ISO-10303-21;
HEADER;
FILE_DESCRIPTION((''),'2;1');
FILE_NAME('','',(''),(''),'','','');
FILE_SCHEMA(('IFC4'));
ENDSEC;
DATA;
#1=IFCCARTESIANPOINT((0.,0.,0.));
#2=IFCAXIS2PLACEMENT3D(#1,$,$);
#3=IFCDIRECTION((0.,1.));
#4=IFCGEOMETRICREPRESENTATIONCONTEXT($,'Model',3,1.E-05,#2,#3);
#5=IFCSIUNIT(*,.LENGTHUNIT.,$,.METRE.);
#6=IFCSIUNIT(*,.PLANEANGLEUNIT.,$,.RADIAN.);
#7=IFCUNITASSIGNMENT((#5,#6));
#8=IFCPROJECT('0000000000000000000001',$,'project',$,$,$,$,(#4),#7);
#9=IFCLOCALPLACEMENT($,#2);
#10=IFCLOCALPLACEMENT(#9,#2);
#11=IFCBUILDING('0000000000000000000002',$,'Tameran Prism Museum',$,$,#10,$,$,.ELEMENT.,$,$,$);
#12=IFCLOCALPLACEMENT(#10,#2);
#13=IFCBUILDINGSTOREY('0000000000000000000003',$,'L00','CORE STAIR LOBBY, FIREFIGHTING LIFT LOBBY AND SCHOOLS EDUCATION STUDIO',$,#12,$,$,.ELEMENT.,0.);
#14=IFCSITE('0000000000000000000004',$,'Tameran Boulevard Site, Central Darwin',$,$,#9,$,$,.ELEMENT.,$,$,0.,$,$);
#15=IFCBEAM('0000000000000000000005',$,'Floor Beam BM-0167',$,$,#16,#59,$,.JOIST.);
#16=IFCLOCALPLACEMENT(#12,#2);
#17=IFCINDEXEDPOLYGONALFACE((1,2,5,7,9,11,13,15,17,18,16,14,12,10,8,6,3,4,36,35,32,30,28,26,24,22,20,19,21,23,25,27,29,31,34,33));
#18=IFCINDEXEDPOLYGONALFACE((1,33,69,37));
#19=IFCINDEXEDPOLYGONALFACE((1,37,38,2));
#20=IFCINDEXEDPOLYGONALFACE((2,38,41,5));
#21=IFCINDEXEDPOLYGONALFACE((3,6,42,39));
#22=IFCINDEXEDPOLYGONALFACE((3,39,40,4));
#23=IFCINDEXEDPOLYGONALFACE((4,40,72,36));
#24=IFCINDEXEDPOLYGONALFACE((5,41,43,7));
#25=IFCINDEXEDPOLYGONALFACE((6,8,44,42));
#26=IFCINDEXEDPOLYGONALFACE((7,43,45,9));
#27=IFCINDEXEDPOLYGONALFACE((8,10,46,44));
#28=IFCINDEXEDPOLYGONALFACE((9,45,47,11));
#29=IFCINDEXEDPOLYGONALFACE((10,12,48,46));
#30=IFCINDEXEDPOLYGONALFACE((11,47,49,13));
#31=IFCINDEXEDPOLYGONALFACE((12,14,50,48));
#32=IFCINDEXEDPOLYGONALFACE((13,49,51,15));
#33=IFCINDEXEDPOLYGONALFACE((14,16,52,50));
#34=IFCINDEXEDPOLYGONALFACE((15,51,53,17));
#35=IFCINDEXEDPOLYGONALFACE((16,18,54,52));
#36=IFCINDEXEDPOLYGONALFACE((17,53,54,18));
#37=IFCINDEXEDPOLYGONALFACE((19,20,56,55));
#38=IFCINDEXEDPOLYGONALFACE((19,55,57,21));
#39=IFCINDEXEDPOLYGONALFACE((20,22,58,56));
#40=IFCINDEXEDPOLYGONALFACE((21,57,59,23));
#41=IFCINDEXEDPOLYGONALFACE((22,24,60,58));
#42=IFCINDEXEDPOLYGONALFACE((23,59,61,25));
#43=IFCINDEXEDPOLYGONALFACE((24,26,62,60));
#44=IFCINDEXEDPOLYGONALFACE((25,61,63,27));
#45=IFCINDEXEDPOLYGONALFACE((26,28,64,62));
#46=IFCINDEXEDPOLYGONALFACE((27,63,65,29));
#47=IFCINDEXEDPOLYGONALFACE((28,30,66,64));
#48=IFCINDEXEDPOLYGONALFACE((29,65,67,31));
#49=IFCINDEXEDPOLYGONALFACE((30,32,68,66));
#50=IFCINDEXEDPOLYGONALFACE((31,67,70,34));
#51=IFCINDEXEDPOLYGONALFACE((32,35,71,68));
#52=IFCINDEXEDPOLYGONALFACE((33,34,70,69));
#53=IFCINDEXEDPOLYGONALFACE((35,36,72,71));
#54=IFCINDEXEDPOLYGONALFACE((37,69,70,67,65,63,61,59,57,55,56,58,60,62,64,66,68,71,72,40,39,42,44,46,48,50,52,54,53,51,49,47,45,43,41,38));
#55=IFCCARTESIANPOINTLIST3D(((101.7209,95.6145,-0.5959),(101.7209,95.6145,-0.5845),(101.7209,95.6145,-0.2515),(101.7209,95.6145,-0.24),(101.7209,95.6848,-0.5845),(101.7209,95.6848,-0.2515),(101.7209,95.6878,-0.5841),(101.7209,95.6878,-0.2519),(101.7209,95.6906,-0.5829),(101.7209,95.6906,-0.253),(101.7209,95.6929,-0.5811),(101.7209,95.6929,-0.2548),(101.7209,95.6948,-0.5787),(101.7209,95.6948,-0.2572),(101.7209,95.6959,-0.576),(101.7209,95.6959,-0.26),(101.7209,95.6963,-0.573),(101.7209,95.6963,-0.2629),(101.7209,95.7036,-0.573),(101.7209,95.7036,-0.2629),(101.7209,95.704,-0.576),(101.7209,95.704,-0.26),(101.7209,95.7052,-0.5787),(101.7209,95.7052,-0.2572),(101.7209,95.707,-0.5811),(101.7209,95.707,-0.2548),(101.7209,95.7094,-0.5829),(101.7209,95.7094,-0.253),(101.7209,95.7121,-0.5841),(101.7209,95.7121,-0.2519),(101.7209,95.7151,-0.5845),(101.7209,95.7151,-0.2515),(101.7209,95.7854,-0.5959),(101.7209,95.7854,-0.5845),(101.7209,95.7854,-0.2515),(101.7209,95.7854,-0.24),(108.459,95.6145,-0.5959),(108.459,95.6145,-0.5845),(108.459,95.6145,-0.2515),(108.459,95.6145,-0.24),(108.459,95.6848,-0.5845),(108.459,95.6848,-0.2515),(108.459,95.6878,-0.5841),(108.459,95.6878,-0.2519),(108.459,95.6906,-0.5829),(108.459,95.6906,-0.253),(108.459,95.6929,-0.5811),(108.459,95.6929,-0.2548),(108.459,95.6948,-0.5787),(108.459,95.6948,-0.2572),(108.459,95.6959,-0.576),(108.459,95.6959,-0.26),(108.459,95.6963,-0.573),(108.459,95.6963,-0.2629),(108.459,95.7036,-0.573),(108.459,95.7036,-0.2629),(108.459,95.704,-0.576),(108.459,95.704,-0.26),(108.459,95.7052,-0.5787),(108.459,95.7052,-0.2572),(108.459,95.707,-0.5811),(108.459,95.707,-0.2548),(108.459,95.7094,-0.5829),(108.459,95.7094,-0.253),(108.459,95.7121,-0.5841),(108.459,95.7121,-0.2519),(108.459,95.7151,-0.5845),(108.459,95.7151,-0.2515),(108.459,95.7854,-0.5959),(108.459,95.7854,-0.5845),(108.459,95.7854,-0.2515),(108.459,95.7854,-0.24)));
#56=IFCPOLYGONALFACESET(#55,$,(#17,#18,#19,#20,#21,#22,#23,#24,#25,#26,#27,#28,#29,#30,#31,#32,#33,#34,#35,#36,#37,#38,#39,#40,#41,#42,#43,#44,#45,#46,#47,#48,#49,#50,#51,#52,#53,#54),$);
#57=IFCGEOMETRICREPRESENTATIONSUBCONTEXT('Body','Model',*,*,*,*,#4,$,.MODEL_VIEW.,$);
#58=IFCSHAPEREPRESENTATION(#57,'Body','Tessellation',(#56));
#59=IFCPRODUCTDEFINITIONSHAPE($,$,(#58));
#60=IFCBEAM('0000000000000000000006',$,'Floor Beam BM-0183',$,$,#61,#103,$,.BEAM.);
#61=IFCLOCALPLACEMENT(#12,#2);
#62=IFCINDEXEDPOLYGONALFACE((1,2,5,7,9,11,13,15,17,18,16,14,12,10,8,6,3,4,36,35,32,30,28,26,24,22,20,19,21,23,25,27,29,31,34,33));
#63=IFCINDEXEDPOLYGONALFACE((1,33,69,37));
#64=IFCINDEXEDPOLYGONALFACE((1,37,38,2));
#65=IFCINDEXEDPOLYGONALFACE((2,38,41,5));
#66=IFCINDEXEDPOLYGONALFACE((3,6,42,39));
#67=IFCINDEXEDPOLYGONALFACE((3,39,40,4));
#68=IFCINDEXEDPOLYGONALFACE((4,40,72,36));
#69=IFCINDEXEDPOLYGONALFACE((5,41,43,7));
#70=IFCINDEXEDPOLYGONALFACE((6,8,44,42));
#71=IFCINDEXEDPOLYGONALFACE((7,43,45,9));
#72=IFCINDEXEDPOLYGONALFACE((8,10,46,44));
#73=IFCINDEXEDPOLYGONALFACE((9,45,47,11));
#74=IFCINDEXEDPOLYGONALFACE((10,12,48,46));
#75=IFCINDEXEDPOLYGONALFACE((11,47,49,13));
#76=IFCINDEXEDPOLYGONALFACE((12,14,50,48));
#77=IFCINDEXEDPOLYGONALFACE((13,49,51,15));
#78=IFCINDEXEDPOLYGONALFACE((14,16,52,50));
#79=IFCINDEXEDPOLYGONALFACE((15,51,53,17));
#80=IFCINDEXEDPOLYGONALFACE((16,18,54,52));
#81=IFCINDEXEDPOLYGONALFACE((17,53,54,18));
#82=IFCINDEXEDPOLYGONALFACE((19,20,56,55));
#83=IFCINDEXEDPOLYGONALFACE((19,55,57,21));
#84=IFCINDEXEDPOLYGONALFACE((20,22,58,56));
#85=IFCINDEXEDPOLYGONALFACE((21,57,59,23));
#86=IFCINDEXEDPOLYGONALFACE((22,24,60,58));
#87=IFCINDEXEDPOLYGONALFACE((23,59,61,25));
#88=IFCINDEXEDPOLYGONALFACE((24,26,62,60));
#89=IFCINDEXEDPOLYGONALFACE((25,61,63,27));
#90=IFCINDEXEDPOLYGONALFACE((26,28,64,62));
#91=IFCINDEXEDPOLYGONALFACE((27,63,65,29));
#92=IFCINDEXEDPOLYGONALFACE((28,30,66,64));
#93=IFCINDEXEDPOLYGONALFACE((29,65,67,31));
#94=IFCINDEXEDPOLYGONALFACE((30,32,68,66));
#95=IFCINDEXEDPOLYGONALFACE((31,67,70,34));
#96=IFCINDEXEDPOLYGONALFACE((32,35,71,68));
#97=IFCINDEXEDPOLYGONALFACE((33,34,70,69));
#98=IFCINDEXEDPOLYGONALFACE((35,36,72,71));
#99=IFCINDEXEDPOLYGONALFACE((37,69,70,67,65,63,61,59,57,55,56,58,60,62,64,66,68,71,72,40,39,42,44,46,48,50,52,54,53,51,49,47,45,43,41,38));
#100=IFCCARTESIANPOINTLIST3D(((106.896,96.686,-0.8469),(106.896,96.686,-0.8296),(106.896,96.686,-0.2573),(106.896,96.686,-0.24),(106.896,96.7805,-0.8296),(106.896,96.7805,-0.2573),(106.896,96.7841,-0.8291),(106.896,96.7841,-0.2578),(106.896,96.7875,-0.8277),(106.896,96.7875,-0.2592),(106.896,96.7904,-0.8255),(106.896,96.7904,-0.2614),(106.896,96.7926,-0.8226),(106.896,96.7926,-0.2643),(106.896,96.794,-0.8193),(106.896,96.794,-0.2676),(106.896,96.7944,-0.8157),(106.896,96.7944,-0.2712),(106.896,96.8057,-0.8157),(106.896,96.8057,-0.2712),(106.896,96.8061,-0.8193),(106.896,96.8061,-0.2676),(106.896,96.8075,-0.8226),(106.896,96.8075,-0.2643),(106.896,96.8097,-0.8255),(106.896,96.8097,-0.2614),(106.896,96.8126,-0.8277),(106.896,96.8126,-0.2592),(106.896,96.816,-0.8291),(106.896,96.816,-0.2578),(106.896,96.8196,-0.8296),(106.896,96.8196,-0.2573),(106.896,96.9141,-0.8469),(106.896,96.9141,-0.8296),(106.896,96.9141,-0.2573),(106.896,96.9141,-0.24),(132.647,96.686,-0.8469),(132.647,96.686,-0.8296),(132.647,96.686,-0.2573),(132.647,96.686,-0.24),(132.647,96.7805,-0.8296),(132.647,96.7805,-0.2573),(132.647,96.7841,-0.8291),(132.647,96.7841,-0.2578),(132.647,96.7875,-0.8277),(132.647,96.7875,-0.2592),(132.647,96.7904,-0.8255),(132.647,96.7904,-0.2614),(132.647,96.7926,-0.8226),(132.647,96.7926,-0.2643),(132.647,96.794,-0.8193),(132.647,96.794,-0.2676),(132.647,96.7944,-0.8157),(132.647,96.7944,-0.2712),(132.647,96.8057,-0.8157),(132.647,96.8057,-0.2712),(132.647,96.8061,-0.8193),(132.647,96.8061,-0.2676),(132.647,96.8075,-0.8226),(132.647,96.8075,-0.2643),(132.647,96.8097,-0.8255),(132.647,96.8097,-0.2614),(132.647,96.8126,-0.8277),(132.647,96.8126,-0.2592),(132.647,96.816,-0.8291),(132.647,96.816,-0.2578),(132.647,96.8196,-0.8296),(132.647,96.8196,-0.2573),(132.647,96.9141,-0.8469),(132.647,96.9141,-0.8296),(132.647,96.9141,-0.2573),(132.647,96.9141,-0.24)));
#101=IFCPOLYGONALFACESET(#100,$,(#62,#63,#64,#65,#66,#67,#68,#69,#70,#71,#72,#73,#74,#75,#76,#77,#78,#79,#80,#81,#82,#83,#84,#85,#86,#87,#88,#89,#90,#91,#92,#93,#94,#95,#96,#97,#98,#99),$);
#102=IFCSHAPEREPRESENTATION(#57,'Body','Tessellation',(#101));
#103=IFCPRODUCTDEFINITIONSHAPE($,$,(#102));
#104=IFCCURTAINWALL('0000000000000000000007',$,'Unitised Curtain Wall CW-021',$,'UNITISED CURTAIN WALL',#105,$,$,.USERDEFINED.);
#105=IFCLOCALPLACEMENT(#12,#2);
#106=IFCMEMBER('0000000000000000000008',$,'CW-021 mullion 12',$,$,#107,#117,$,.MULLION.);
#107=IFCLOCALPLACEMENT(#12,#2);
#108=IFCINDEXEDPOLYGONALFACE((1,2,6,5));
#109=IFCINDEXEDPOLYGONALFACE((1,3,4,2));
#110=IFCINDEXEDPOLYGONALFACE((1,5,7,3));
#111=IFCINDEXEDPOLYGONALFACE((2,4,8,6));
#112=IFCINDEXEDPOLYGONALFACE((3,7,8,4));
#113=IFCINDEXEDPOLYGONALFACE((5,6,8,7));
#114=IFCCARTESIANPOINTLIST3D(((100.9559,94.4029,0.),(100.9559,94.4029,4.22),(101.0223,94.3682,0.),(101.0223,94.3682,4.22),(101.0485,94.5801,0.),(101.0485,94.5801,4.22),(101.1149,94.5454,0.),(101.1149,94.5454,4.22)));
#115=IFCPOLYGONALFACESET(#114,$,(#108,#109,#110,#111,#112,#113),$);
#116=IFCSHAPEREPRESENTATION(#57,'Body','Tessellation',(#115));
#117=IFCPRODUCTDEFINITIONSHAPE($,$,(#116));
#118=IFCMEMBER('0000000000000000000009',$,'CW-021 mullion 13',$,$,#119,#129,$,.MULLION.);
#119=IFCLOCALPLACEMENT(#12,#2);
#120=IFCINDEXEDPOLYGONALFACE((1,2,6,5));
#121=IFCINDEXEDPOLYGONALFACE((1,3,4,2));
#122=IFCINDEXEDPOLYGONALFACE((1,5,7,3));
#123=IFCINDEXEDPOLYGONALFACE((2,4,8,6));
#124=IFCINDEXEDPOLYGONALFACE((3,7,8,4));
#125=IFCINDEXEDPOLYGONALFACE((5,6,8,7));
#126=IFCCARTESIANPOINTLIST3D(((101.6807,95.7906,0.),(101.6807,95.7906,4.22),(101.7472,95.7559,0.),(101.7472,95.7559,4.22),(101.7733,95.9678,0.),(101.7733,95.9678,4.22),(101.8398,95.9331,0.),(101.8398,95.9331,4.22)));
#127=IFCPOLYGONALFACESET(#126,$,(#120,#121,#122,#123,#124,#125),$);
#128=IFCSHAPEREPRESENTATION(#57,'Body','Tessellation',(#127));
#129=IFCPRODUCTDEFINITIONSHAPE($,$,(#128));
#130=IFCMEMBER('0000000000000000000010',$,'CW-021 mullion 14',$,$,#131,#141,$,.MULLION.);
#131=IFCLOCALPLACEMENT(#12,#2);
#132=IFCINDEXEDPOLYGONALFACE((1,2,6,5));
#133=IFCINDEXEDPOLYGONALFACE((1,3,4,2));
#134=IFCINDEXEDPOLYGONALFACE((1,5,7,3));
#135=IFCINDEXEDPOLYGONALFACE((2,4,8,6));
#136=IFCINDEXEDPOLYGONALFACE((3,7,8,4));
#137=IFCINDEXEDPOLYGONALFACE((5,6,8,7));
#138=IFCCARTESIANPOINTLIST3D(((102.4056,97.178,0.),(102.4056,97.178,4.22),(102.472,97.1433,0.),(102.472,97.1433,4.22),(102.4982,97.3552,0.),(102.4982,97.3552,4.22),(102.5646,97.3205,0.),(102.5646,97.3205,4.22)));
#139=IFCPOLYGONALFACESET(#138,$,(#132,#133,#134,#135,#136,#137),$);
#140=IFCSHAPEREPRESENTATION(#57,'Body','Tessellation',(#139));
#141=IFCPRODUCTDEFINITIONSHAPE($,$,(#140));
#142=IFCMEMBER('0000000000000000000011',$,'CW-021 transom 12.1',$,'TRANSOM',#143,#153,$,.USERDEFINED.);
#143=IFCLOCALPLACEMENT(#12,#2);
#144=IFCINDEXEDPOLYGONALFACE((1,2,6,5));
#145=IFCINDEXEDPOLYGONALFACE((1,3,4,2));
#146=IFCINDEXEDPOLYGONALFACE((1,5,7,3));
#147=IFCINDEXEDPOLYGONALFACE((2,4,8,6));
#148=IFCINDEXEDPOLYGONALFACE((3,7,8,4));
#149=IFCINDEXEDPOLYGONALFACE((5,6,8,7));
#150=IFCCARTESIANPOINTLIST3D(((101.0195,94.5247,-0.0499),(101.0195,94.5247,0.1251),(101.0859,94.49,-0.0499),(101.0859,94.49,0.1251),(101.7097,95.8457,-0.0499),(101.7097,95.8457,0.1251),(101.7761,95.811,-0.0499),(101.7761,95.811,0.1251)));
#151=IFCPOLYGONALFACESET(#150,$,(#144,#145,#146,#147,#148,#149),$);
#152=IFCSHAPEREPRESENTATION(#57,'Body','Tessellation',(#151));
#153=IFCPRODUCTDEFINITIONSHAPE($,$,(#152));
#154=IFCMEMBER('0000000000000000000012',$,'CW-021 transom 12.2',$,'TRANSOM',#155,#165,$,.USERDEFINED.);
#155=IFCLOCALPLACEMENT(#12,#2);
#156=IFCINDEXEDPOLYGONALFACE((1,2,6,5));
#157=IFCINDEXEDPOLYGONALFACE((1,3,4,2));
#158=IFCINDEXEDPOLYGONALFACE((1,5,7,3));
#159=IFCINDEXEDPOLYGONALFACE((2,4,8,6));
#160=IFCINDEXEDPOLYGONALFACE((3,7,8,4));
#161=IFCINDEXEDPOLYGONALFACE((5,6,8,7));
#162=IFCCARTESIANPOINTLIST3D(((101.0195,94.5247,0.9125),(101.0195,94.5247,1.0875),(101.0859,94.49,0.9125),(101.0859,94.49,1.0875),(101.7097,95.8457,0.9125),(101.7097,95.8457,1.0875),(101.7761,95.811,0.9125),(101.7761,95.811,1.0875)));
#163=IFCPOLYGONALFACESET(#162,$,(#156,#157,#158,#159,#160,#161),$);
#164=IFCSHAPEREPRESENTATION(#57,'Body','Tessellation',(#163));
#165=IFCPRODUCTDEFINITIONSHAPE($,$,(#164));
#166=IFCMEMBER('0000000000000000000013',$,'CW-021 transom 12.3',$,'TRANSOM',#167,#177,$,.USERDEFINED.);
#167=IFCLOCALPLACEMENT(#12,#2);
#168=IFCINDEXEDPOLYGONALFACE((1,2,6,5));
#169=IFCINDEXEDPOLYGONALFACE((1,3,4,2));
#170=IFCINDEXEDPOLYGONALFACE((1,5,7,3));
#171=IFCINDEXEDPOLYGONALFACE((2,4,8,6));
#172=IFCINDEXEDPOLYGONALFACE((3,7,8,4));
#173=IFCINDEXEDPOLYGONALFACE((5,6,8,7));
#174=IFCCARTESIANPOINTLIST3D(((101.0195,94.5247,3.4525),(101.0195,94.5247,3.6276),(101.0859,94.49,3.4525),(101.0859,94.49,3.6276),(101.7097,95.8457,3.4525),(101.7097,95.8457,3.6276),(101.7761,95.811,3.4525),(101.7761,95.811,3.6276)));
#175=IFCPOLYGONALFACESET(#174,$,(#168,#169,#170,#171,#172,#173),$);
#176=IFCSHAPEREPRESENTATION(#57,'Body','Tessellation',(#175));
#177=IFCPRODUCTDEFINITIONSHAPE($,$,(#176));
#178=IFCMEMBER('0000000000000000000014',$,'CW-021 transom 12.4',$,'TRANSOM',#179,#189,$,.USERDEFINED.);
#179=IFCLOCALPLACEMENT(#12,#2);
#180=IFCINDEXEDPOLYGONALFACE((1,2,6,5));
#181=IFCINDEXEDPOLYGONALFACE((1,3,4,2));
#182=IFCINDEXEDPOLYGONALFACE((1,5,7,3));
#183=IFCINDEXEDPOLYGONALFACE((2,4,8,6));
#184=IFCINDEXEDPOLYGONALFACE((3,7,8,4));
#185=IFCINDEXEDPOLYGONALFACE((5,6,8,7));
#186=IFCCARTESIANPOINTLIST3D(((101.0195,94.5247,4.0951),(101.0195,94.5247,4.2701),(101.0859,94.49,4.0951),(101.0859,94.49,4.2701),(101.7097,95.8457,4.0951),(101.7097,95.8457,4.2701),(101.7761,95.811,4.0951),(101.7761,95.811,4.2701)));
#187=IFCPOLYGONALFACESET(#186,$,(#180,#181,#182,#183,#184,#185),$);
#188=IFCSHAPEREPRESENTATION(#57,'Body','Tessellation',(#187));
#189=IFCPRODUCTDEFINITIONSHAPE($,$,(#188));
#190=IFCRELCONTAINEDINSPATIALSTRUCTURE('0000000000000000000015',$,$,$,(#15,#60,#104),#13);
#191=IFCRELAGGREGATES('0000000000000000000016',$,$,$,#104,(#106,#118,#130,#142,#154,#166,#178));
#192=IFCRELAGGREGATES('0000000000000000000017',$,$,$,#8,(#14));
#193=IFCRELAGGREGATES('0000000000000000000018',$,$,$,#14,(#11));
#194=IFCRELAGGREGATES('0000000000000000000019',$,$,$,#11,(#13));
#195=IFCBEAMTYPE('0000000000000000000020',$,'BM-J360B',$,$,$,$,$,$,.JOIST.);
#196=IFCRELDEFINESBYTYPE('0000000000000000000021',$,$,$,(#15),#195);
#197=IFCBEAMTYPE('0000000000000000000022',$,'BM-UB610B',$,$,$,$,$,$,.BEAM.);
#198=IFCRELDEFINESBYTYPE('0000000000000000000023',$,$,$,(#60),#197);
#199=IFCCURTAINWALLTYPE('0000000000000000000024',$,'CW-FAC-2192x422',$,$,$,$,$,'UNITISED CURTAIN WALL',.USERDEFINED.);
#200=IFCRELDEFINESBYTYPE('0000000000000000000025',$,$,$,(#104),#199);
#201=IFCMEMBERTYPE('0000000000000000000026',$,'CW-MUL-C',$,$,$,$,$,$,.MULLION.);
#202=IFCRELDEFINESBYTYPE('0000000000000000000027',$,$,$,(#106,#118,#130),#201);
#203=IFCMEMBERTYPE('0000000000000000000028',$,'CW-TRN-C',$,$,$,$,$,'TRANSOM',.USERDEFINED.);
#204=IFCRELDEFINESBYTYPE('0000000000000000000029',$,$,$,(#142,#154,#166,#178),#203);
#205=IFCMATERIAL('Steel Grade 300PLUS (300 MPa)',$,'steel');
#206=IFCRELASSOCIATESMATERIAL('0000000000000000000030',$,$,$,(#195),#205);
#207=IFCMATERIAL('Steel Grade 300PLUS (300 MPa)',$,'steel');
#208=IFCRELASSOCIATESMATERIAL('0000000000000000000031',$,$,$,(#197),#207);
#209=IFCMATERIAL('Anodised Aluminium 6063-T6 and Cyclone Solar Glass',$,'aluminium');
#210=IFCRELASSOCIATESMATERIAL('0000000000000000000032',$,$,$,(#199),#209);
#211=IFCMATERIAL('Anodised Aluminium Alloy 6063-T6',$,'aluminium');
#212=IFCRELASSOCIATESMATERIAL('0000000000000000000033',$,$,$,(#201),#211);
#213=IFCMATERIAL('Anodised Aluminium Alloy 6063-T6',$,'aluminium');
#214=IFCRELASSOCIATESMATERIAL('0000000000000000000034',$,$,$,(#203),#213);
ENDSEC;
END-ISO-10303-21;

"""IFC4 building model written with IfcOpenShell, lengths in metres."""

from ifc_helpers import new_model, si_unit, direction, frame, origin, origin_2d, place, context, subcontext, project, spatial, rectangle, i_section, extrude, material, material_profile, profile_set, type_object, element, aggregate, save


model = new_model("IFC4")

# Units and contexts
model_context = context("Model", 3, precision=1e-05, world=origin(), true_north=direction((0.0, 1.0)))
body_context = subcontext(model_context, "Body", "Model", "MODEL_VIEW")
ifc_project = project(units=[si_unit("LENGTHUNIT", "METRE"), si_unit("PLANEANGLEUNIT", "RADIAN")], contexts=[model_context])

# Site, building, storey
site_placement = place(None, origin())
site = spatial("IfcSite", under=ifc_project, at=site_placement, Name="Tameran Boulevard Site, Central Darwin", CompositionType="ELEMENT", RefElevation=0.0)
building_placement = place(site_placement, origin())
building = spatial("IfcBuilding", under=site, at=building_placement, Name="Tameran Prism Museum", CompositionType="ELEMENT")
storey_placement = place(building_placement, origin())
storey = spatial("IfcBuildingStorey", under=building, at=storey_placement, Name="L00", Description="CORE STAIR LOBBY, FIREFIGHTING LIFT LOBBY AND SCHOOLS EDUCATION STUDIO", CompositionType="ELEMENT", Elevation=0.0)

# Beams
ifc_material_1 = material(Name="Steel Grade 300PLUS (300 MPa)", Category="steel")
ifc_material_profile_1 = material_profile(ifc_material_1, i_section(OverallWidth=0.1709, OverallDepth=0.356, WebThickness=0.0073, FlangeThickness=0.0115, FilletRadius=0.0115, at=origin_2d()))
ifc_profile_set_1 = profile_set([ifc_material_profile_1])
beam_type_1 = type_object("IfcBeamType", Name="BM-J360B", PredefinedType="JOIST", material=ifc_profile_set_1)
beam_1_placement = place(storey_placement, frame((101.7209, 95.7, -0.418), z_axis=(1.0, 0.0, 0.0), x_axis=(0.0, 1.0, 0.0)))
element("IfcBeam", 1, at=beam_1_placement, inside=storey, type_object=beam_type_1, Name="Floor Beam BM-0167", PredefinedType="JOIST", context=body_context, shape_type="SweptSolid", body=[
    extrude(i_section(OverallWidth=0.1709, OverallDepth=0.356, WebThickness=0.0073, FlangeThickness=0.0115, FilletRadius=0.0115, at=origin_2d()), origin(), (0.0, 0.0, 1.0), 6.738),
])
ifc_material_2 = material(Name="Steel Grade 300PLUS (300 MPa)", Category="steel")
ifc_material_profile_2 = material_profile(ifc_material_2, i_section(OverallWidth=0.228, OverallDepth=0.6069, WebThickness=0.0112, FlangeThickness=0.0173, FilletRadius=0.0139, at=origin_2d()))
ifc_profile_set_2 = profile_set([ifc_material_profile_2])
beam_type_2 = type_object("IfcBeamType", Name="BM-UB610B", PredefinedType="BEAM", material=ifc_profile_set_2)
beam_2_placement = place(storey_placement, frame((106.896, 96.8, -0.5435), z_axis=(1.0, 0.0, 0.0), x_axis=(0.0, 1.0, 0.0)))
element("IfcBeam", 2, at=beam_2_placement, inside=storey, type_object=beam_type_2, Name="Floor Beam BM-0183", PredefinedType="BEAM", context=body_context, shape_type="SweptSolid", body=[
    extrude(i_section(OverallWidth=0.228, OverallDepth=0.6069, WebThickness=0.0112, FlangeThickness=0.0173, FilletRadius=0.0139, at=origin_2d()), origin(), (0.0, 0.0, 1.0), 25.751),
])

# Curtain wall, members
ifc_material_3 = material(Name="Anodised Aluminium 6063-T6 and Cyclone Solar Glass", Category="aluminium")
curtain_wall_type = type_object("IfcCurtainWallType", Name="CW-FAC-2192x422", ElementType="UNITISED CURTAIN WALL", PredefinedType="USERDEFINED", material=ifc_material_3)
curtain_wall_placement = place(storey_placement, origin())
curtain_wall = element("IfcCurtainWall", 3, at=curtain_wall_placement, inside=storey, type_object=curtain_wall_type, Name="Unitised Curtain Wall CW-021", ObjectType="UNITISED CURTAIN WALL", PredefinedType="USERDEFINED")
ifc_material_4 = material(Name="Anodised Aluminium Alloy 6063-T6", Category="aluminium")
ifc_material_profile_3 = material_profile(ifc_material_4, rectangle(XDim=0.075, YDim=0.2, at=origin_2d()))
ifc_profile_set_3 = profile_set([ifc_material_profile_3])
member_type_1 = type_object("IfcMemberType", Name="CW-MUL-C", PredefinedType="MULLION", material=ifc_profile_set_3)
member_1_placement = place(storey_placement, frame((101.0354, 94.4741, 0.0), z_axis=(0.0, 0.0, 1.0), x_axis=(-0.886357, 0.463003, 0.0)))
member_1 = element("IfcMember", 4, at=member_1_placement, type_object=member_type_1, Name="CW-021 mullion 12", PredefinedType="MULLION", context=body_context, shape_type="SweptSolid", body=[
    extrude(rectangle(XDim=0.075, YDim=0.2, at=origin_2d()), origin(), (0.0, 0.0, 1.0), 4.22),
])
member_2_placement = place(storey_placement, frame((101.7603, 95.8618, 0.0), z_axis=(0.0, 0.0, 1.0), x_axis=(-0.886357, 0.463003, 0.0)))
member_2 = element("IfcMember", 5, at=member_2_placement, type_object=member_type_1, Name="CW-021 mullion 13", PredefinedType="MULLION", context=body_context, shape_type="SweptSolid", body=[
    extrude(rectangle(XDim=0.075, YDim=0.2, at=origin_2d()), origin(), (0.0, 0.0, 1.0), 4.22),
])
member_3_placement = place(storey_placement, frame((102.4851, 97.2493, 0.0), z_axis=(0.0, 0.0, 1.0), x_axis=(-0.886357, 0.463003, 0.0)))
member_3 = element("IfcMember", 6, at=member_3_placement, type_object=member_type_1, Name="CW-021 mullion 14", PredefinedType="MULLION", context=body_context, shape_type="SweptSolid", body=[
    extrude(rectangle(XDim=0.075, YDim=0.2, at=origin_2d()), origin(), (0.0, 0.0, 1.0), 4.22),
])
ifc_material_5 = material(Name="Anodised Aluminium Alloy 6063-T6", Category="aluminium")
ifc_material_profile_4 = material_profile(ifc_material_5, rectangle(XDim=0.075, YDim=0.175, at=origin_2d()))
ifc_profile_set_4 = profile_set([ifc_material_profile_4])
member_type_2 = type_object("IfcMemberType", Name="CW-TRN-C", ElementType="TRANSOM", PredefinedType="USERDEFINED", material=ifc_profile_set_4)
member_4_placement = place(storey_placement, frame((101.0527, 94.5073, 0.0376), z_axis=(0.463064, 0.886325, 0.0), x_axis=(-0.886325, 0.463064, 0.0)))
member_4 = element("IfcMember", 7, at=member_4_placement, type_object=member_type_2, Name="CW-021 transom 12.1", ObjectType="TRANSOM", PredefinedType="USERDEFINED", context=body_context, shape_type="SweptSolid", body=[
    extrude(rectangle(XDim=0.075, YDim=0.175, at=origin_2d()), origin(), (0.0, 0.0, 1.0), 1.4905),
])
member_5_placement = place(storey_placement, frame((101.0527, 94.5073, 1.0), z_axis=(0.463064, 0.886325, 0.0), x_axis=(-0.886325, 0.463064, 0.0)))
member_5 = element("IfcMember", 8, at=member_5_placement, type_object=member_type_2, Name="CW-021 transom 12.2", ObjectType="TRANSOM", PredefinedType="USERDEFINED", context=body_context, shape_type="SweptSolid", body=[
    extrude(rectangle(XDim=0.075, YDim=0.175, at=origin_2d()), origin(), (0.0, 0.0, 1.0), 1.4905),
])
member_6_placement = place(storey_placement, frame((101.0527, 94.5073, 3.54), z_axis=(0.463064, 0.886325, 0.0), x_axis=(-0.886325, 0.463064, 0.0)))
member_6 = element("IfcMember", 9, at=member_6_placement, type_object=member_type_2, Name="CW-021 transom 12.3", ObjectType="TRANSOM", PredefinedType="USERDEFINED", context=body_context, shape_type="SweptSolid", body=[
    extrude(rectangle(XDim=0.075, YDim=0.175, at=origin_2d()), origin(), (0.0, 0.0, 1.0), 1.4905),
])
member_7_placement = place(storey_placement, frame((101.0527, 94.5073, 4.1826), z_axis=(0.463064, 0.886325, 0.0), x_axis=(-0.886325, 0.463064, 0.0)))
member_7 = element("IfcMember", 10, at=member_7_placement, type_object=member_type_2, Name="CW-021 transom 12.4", ObjectType="TRANSOM", PredefinedType="USERDEFINED", context=body_context, shape_type="SweptSolid", body=[
    extrude(rectangle(XDim=0.075, YDim=0.175, at=origin_2d()), origin(), (0.0, 0.0, 1.0), 1.4905),
])
aggregate(curtain_wall, [member_1, member_2, member_3, member_4, member_5, member_6, member_7])

save(model, "model.ifc")
